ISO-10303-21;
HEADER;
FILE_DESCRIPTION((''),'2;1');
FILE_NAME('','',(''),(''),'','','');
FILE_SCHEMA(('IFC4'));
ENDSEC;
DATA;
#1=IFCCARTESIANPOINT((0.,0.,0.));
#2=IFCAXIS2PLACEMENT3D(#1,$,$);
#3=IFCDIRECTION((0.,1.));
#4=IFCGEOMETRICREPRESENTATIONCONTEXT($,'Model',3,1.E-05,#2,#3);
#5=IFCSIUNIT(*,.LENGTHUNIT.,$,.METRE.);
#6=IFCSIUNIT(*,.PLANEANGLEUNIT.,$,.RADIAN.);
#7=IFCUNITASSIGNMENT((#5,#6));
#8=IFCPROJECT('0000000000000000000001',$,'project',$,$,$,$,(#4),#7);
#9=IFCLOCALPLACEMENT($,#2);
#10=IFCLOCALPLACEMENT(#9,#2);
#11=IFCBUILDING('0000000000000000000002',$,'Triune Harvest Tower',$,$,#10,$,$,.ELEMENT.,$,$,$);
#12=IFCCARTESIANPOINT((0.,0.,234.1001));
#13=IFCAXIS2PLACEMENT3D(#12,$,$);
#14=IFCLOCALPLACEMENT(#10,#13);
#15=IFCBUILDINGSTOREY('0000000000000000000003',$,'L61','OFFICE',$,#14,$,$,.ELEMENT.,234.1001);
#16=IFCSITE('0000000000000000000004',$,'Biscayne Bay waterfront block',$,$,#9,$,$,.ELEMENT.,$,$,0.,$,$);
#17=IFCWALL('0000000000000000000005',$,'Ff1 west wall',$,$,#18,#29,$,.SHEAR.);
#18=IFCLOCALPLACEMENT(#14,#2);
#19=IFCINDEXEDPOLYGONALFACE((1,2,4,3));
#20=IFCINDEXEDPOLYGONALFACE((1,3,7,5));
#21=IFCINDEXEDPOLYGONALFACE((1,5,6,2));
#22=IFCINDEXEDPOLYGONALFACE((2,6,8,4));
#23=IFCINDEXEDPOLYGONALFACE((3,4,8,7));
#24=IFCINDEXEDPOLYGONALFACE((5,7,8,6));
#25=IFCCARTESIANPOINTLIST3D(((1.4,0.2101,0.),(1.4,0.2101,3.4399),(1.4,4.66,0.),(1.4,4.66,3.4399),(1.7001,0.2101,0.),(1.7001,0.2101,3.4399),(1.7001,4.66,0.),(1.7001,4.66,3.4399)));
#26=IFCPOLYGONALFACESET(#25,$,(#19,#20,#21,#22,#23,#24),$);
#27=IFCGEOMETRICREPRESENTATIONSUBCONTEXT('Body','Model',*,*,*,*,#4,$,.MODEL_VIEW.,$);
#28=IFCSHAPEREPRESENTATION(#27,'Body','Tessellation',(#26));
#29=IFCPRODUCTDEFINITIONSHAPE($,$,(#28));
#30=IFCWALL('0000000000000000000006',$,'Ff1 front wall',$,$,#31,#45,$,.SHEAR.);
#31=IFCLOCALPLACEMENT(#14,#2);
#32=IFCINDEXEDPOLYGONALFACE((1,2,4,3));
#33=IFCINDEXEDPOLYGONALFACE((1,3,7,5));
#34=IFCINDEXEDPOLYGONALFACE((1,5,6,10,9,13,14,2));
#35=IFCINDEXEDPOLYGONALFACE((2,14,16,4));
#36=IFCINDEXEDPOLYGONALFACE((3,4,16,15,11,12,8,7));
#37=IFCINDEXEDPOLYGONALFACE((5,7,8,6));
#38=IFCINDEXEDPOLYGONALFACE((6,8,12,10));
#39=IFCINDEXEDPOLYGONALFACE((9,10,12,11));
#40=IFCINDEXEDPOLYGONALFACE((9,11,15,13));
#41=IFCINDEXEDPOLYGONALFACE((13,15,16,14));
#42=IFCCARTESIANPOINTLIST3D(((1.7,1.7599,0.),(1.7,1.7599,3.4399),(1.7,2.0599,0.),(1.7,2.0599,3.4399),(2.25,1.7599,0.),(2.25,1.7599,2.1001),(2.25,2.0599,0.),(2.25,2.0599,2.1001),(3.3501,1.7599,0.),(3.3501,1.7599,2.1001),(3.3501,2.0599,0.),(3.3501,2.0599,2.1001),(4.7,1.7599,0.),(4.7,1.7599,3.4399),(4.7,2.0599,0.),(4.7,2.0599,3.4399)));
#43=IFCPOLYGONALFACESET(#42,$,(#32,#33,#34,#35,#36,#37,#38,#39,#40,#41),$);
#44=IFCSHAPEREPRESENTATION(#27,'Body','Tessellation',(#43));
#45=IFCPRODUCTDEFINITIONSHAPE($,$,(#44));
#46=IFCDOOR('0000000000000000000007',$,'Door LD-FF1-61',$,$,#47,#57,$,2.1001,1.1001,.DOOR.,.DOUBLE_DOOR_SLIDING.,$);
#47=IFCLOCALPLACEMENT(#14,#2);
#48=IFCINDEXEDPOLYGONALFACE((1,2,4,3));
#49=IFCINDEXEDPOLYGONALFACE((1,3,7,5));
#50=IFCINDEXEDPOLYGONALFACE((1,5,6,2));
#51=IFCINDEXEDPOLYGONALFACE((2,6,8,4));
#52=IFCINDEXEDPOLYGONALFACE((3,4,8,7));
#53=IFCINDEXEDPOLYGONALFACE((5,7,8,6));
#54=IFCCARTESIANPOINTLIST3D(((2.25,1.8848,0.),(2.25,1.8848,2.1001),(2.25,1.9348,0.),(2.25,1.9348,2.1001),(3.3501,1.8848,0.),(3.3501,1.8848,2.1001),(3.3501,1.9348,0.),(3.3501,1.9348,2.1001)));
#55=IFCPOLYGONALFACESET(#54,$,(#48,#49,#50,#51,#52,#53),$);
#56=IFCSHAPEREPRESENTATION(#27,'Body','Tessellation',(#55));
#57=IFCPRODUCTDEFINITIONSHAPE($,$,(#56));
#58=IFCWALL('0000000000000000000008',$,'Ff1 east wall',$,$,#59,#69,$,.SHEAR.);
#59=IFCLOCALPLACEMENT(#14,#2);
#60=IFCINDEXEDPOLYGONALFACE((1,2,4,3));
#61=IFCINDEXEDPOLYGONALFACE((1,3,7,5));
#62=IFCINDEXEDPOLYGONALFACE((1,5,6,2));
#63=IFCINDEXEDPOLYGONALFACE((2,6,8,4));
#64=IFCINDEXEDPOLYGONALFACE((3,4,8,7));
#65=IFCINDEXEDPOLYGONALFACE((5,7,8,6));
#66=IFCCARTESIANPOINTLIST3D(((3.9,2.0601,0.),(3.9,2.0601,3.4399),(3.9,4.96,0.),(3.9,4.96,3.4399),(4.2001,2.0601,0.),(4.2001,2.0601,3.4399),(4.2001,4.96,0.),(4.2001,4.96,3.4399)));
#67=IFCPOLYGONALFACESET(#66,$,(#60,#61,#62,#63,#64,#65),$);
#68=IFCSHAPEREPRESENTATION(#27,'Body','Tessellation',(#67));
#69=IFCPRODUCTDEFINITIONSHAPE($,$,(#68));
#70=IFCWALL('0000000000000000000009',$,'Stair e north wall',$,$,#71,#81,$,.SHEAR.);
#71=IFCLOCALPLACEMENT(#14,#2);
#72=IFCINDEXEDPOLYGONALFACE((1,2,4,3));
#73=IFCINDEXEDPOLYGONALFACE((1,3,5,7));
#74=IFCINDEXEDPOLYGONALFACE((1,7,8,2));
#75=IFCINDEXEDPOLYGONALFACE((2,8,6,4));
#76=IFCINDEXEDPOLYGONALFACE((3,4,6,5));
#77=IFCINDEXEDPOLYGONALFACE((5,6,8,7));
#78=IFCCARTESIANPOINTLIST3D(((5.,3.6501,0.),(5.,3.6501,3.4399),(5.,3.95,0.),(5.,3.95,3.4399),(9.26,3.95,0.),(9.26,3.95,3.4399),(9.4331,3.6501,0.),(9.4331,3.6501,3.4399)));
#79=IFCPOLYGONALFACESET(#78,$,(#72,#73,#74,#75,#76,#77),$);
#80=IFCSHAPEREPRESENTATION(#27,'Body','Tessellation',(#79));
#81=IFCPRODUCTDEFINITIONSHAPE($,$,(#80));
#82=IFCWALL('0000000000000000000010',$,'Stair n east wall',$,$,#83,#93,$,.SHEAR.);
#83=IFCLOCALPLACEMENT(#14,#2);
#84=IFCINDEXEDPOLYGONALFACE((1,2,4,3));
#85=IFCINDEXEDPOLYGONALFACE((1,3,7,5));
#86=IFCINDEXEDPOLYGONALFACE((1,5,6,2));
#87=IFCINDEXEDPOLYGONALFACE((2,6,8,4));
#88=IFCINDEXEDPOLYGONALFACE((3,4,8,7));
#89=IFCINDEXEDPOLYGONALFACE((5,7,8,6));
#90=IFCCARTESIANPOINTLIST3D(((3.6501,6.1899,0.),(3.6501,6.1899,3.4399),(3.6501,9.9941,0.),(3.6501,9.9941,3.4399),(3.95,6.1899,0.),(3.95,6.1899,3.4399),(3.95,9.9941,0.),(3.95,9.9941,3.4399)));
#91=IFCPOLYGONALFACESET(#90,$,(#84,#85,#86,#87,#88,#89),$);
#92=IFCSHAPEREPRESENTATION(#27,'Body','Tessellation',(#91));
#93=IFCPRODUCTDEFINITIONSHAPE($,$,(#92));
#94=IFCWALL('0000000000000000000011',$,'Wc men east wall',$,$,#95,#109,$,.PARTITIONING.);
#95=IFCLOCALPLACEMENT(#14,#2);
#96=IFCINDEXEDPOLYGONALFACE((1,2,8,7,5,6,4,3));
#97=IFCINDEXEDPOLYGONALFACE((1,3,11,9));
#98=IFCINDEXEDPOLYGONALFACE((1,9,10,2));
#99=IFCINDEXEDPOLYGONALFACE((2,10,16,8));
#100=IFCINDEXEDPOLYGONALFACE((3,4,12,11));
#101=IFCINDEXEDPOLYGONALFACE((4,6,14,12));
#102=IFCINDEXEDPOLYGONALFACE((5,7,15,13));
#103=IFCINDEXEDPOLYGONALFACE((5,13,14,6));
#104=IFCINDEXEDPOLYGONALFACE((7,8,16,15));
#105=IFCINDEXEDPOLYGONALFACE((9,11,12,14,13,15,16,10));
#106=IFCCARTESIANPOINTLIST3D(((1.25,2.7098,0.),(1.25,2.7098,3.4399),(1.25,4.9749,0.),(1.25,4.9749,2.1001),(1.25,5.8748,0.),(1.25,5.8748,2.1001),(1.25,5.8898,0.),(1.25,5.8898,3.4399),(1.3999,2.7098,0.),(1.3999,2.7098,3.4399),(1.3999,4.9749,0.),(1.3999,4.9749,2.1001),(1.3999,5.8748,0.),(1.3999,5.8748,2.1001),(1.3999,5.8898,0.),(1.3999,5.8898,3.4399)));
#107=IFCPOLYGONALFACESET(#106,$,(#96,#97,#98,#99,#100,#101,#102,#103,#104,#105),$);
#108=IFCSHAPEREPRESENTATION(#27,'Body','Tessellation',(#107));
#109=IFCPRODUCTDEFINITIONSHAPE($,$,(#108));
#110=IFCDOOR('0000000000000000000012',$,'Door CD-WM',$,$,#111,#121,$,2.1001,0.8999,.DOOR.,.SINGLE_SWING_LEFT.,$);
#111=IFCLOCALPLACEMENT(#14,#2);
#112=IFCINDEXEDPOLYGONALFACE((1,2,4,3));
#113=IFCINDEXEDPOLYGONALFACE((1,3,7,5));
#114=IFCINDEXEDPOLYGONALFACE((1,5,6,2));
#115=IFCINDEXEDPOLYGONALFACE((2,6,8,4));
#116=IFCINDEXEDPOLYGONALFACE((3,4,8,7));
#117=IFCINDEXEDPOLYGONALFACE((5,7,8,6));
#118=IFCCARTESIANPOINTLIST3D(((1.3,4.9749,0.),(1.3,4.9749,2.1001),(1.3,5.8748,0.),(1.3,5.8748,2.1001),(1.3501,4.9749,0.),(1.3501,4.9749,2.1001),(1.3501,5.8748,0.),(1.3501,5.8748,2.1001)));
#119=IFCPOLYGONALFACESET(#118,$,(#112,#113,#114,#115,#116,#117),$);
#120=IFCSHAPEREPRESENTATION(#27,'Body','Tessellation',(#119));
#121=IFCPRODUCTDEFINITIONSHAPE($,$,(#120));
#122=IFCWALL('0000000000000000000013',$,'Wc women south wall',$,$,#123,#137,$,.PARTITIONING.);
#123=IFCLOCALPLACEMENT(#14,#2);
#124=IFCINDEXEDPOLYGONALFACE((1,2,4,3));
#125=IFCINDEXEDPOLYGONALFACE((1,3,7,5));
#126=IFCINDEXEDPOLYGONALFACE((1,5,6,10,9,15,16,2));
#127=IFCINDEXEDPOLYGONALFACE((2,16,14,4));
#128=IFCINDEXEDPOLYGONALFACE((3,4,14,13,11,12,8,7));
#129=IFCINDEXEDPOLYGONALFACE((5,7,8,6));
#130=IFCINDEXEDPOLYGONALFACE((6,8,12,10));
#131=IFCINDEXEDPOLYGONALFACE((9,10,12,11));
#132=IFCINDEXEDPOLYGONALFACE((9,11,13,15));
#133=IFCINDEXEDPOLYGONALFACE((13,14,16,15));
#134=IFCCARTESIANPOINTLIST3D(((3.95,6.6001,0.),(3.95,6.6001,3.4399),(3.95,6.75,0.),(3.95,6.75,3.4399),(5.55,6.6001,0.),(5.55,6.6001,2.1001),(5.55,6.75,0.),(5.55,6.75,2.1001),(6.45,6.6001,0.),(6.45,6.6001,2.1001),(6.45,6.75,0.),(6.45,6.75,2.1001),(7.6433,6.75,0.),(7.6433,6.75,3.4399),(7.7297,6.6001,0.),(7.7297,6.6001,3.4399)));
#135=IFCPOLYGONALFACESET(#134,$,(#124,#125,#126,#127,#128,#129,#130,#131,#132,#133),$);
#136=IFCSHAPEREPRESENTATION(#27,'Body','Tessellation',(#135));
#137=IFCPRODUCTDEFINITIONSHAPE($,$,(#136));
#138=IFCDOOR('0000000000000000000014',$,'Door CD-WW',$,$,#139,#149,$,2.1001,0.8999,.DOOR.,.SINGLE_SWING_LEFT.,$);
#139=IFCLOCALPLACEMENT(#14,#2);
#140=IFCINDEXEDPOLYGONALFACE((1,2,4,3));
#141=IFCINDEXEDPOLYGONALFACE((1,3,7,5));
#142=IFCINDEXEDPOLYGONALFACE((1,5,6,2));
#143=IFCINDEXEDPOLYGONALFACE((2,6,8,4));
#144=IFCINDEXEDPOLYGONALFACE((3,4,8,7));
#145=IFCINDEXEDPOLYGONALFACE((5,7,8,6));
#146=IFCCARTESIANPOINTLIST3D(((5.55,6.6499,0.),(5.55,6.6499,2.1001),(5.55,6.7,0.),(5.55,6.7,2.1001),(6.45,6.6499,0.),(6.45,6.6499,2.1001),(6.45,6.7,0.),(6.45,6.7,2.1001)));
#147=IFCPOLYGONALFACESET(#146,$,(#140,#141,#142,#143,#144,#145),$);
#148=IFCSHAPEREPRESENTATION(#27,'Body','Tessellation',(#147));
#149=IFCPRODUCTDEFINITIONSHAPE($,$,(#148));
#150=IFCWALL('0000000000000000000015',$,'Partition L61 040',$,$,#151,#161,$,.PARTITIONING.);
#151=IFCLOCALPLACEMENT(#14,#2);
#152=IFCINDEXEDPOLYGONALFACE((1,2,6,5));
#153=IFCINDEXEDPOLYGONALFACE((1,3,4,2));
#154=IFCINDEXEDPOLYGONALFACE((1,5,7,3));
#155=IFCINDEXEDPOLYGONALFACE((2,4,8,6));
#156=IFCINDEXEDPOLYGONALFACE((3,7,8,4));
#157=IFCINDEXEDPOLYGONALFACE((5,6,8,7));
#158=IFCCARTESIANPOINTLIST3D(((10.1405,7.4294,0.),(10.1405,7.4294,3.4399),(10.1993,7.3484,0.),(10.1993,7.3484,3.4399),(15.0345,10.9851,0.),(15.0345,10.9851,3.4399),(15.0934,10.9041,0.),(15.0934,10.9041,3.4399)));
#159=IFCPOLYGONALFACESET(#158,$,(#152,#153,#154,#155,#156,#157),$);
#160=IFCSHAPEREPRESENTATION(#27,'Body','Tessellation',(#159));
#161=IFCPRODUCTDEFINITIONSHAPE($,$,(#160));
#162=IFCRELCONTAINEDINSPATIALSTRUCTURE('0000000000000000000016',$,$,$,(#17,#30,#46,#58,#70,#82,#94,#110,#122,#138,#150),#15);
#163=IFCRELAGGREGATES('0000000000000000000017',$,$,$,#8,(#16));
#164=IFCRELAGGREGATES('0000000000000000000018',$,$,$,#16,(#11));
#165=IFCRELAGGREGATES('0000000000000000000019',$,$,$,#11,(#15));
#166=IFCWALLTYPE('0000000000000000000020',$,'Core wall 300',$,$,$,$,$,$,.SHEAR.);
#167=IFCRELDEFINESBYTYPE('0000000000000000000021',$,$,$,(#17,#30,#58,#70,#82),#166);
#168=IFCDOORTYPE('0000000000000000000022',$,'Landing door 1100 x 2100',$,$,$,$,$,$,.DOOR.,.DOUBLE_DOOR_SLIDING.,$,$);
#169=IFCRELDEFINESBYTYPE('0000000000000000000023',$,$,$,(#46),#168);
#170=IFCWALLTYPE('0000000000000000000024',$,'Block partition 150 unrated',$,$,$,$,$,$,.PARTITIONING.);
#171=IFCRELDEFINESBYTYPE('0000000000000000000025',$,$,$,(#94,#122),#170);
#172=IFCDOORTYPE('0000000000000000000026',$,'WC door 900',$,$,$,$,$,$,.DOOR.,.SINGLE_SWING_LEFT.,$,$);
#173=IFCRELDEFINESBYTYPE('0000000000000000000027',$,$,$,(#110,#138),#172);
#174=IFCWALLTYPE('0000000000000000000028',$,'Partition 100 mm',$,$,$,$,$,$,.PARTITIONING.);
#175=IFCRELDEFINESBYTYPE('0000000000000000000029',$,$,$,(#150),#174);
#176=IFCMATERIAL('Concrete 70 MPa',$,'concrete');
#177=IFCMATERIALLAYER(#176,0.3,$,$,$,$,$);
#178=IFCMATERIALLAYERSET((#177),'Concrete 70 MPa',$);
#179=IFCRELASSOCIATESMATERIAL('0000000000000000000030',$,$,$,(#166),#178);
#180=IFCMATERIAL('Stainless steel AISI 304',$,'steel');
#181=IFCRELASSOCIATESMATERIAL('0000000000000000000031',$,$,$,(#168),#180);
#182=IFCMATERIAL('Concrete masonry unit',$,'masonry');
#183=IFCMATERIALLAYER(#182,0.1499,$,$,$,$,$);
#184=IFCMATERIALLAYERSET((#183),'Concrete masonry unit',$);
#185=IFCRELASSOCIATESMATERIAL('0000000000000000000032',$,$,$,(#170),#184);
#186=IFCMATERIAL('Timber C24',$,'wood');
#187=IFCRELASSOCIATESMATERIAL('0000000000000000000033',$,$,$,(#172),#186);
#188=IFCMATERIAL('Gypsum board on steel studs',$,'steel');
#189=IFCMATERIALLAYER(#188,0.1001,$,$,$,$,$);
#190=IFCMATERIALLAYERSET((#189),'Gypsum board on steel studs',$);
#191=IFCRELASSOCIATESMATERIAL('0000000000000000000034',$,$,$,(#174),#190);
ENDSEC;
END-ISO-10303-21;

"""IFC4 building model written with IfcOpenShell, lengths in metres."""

from ifc_helpers import new_model, si_unit, direction, frame, frame_2d, origin, place, context, subcontext, project, spatial, polyline, rectangle, outline, extrude, source, transform, mapped, material, layer, layer_set, type_object, element, fill, save


model = new_model("IFC4")

# Units and contexts
model_context = context("Model", 3, precision=1e-05, world=origin(), true_north=direction((0.0, 1.0)))
body_context = subcontext(model_context, "Body", "Model", "MODEL_VIEW")
ifc_project = project(units=[si_unit("LENGTHUNIT", "METRE"), si_unit("PLANEANGLEUNIT", "RADIAN")], contexts=[model_context])

# Site, building, storey
site_placement = place(None, origin())
site = spatial("IfcSite", under=ifc_project, at=site_placement, Name="Biscayne Bay waterfront block", CompositionType="ELEMENT", RefElevation=0.0)
building_placement = place(site_placement, origin())
building = spatial("IfcBuilding", under=site, at=building_placement, Name="Triune Harvest Tower", CompositionType="ELEMENT")
storey_placement = place(building_placement, frame((0.0, 0.0, 234.1001)))
storey = spatial("IfcBuildingStorey", under=building, at=storey_placement, Name="L61", Description="OFFICE", CompositionType="ELEMENT", Elevation=234.1001)

# Wall
ifc_material_1 = material(Name="Concrete 70 MPa", Category="concrete")
ifc_layer_1 = layer(ifc_material_1, 0.3)
ifc_layer_set_1 = layer_set([ifc_layer_1], Name="Concrete 70 MPa")
wall_type_1 = type_object("IfcWallType", Name="Core wall 300", PredefinedType="SHEAR", material=ifc_layer_set_1)
shared_shape_1 = source(origin(), body_context, "Body", "SweptSolid", [
    extrude(rectangle(XDim=4.45, YDim=0.3, at=frame_2d((2.2251, 0.0))), origin(), (0.0, 0.0, 1.0), 3.4399),
])
wall_1_placement = place(storey_placement, frame((1.55, 0.21, 0.0), z_axis=(0.0, 0.0, 1.0), x_axis=(0.0, 1.0, 0.0)))
element("IfcWall", 1, at=wall_1_placement, inside=storey, type_object=wall_type_1, Name="Ff1 west wall", PredefinedType="SHEAR", context=body_context, shape_type="MappedRepresentation", body=[
    mapped(shared_shape_1, transform((0.0, 0.0, 0.0), scale=1.0)),
])

# Wall, opening, door
shared_shape_2 = source(origin(), body_context, "Body", "SweptSolid", [
    extrude(rectangle(XDim=3.0, YDim=0.3, at=frame_2d((1.5, 0.0))), origin(), (0.0, 0.0, 1.0), 3.4399),
])
wall_2_placement = place(storey_placement, frame((1.7, 1.9099, 0.0), z_axis=(0.0, 0.0, 1.0), x_axis=(1.0, 0.0, 0.0)))
wall_2 = element("IfcWall", 2, at=wall_2_placement, inside=storey, type_object=wall_type_1, Name="Ff1 front wall", PredefinedType="SHEAR", context=body_context, shape_type="MappedRepresentation", body=[
    mapped(shared_shape_2, transform((0.0, 0.0, 0.0), scale=1.0)),
])
opening_1_placement = place(wall_2_placement, frame((0.55, 0.0, 0.0)))
opening_1 = element("IfcOpeningElement", 3, at=opening_1_placement, cuts=wall_2, PredefinedType="OPENING", context=body_context, shape_type="SweptSolid", body=[
    extrude(rectangle(XDim=1.1001, YDim=2.1001, at=frame_2d((0.55, 1.05))), frame((0.0, 0.1602, 0.0), z_axis=(0.0, -1.0, 0.0), x_axis=(1.0, 0.0, 0.0)), (0.0, 0.0, 1.0), 0.3201),
])
ifc_material_2 = material(Name="Stainless steel AISI 304", Category="steel")
door_type_1 = type_object("IfcDoorType", Name="Landing door 1100 x 2100", OperationType="DOUBLE_DOOR_SLIDING", PredefinedType="DOOR", material=ifc_material_2)
door_1_placement = place(opening_1_placement, origin())
door_1 = element("IfcDoor", 4, at=door_1_placement, inside=storey, type_object=door_type_1, Name="Door LD-FF1-61", OperationType="DOUBLE_DOOR_SLIDING", OverallHeight=2.1001, OverallWidth=1.1001, PredefinedType="DOOR", context=body_context, shape_type="SweptSolid", body=[
    extrude(rectangle(XDim=1.1001, YDim=2.1001, at=frame_2d((0.55, 1.05))), frame((0.0, 0.0249, 0.0), z_axis=(0.0, -1.0, 0.0), x_axis=(1.0, 0.0, 0.0)), (0.0, 0.0, 1.0), 0.05),
])
fill(opening_1, door_1)

# Walls
shared_shape_3 = source(origin(), body_context, "Body", "SweptSolid", [
    extrude(rectangle(XDim=2.8999, YDim=0.3, at=frame_2d((1.45, 0.0))), origin(), (0.0, 0.0, 1.0), 3.4399),
])
wall_3_placement = place(storey_placement, frame((4.05, 2.0601, 0.0), z_axis=(0.0, 0.0, 1.0), x_axis=(0.0, 1.0, 0.0)))
element("IfcWall", 5, at=wall_3_placement, inside=storey, type_object=wall_type_1, Name="Ff1 east wall", PredefinedType="SHEAR", context=body_context, shape_type="MappedRepresentation", body=[
    mapped(shared_shape_3, transform((0.0, 0.0, 0.0), scale=1.0)),
])
shared_shape_4 = source(origin(), body_context, "Body", "SweptSolid", [
    extrude(outline(polyline([(0.0, -0.1499), (0.0, 0.1499), (4.26, 0.1499), (4.4331, -0.1499), (0.0, -0.1499)])), origin(), (0.0, 0.0, 1.0), 3.4399),
])
wall_4_placement = place(storey_placement, frame((5.0, 3.8, 0.0), z_axis=(0.0, 0.0, 1.0), x_axis=(1.0, 0.0, 0.0)))
element("IfcWall", 6, at=wall_4_placement, inside=storey, type_object=wall_type_1, Name="Stair e north wall", PredefinedType="SHEAR", context=body_context, shape_type="MappedRepresentation", body=[
    mapped(shared_shape_4, transform((0.0, 0.0, 0.0), scale=1.0)),
])
shared_shape_5 = source(origin(), body_context, "Body", "SweptSolid", [
    extrude(outline(polyline([(0.0, -0.1499), (0.0, 0.1499), (3.8042, 0.1499), (3.8042, -0.1499), (0.0, -0.1499)])), origin(), (0.0, 0.0, 1.0), 3.4399),
])
wall_5_placement = place(storey_placement, frame((3.8, 6.1899, 0.0), z_axis=(0.0, 0.0, 1.0), x_axis=(0.0, 1.0, 0.0)))
element("IfcWall", 7, at=wall_5_placement, inside=storey, type_object=wall_type_1, Name="Stair n east wall", PredefinedType="SHEAR", context=body_context, shape_type="MappedRepresentation", body=[
    mapped(shared_shape_5, transform((0.0, 0.0, 0.0), scale=1.0)),
])

# Walls, openings, doors
ifc_material_3 = material(Name="Concrete masonry unit", Category="masonry")
ifc_layer_2 = layer(ifc_material_3, 0.1499)
ifc_layer_set_2 = layer_set([ifc_layer_2], Name="Concrete masonry unit")
wall_type_2 = type_object("IfcWallType", Name="Block partition 150 unrated", PredefinedType="PARTITIONING", material=ifc_layer_set_2)
shared_shape_6 = source(origin(), body_context, "Body", "SweptSolid", [
    extrude(rectangle(XDim=3.1799, YDim=0.1499, at=frame_2d((1.5898, 0.0))), origin(), (0.0, 0.0, 1.0), 3.4399),
])
wall_6_placement = place(storey_placement, frame((1.325, 2.71, 0.0), z_axis=(0.0, 0.0, 1.0), x_axis=(0.0, 1.0, 0.0)))
wall_6 = element("IfcWall", 8, at=wall_6_placement, inside=storey, type_object=wall_type_2, Name="Wc men east wall", PredefinedType="PARTITIONING", context=body_context, shape_type="MappedRepresentation", body=[
    mapped(shared_shape_6, transform((0.0, 0.0, 0.0), scale=1.0)),
])
opening_2_placement = place(wall_6_placement, frame((2.2649, 0.0, 0.0)))
opening_2 = element("IfcOpeningElement", 9, at=opening_2_placement, cuts=wall_6, PredefinedType="OPENING", context=body_context, shape_type="SweptSolid", body=[
    extrude(rectangle(XDim=0.8999, YDim=2.1001, at=frame_2d((0.45, 1.05))), frame((0.0, 0.085, 0.0), z_axis=(0.0, -1.0, 0.0), x_axis=(1.0, 0.0, 0.0)), (0.0, 0.0, 1.0), 0.1699),
])
ifc_material_4 = material(Name="Timber C24", Category="wood")
door_type_2 = type_object("IfcDoorType", Name="WC door 900", OperationType="SINGLE_SWING_LEFT", PredefinedType="DOOR", material=ifc_material_4)
door_2_placement = place(opening_2_placement, origin())
door_2 = element("IfcDoor", 10, at=door_2_placement, inside=storey, type_object=door_type_2, Name="Door CD-WM", OperationType="SINGLE_SWING_LEFT", OverallHeight=2.1001, OverallWidth=0.8999, PredefinedType="DOOR", context=body_context, shape_type="SweptSolid", body=[
    extrude(rectangle(XDim=0.8999, YDim=2.1001, at=frame_2d((0.45, 1.05))), frame((0.0, 0.0249, 0.0), z_axis=(0.0, -1.0, 0.0), x_axis=(1.0, 0.0, 0.0)), (0.0, 0.0, 1.0), 0.05),
])
fill(opening_2, door_2)
shared_shape_7 = source(origin(), body_context, "Body", "SweptSolid", [
    extrude(outline(polyline([(0.0, -0.075), (0.0, 0.075), (3.6934, 0.075), (3.7798, -0.075), (0.0, -0.075)])), origin(), (0.0, 0.0, 1.0), 3.4399),
])
wall_7_placement = place(storey_placement, frame((3.95, 6.675, 0.0), z_axis=(0.0, 0.0, 1.0), x_axis=(1.0, 0.0, 0.0)))
wall_7 = element("IfcWall", 11, at=wall_7_placement, inside=storey, type_object=wall_type_2, Name="Wc women south wall", PredefinedType="PARTITIONING", context=body_context, shape_type="MappedRepresentation", body=[
    mapped(shared_shape_7, transform((0.0, 0.0, 0.0), scale=1.0)),
])
opening_3_placement = place(wall_7_placement, frame((1.6001, 0.0, 0.0)))
opening_3 = element("IfcOpeningElement", 12, at=opening_3_placement, cuts=wall_7, PredefinedType="OPENING", context=body_context, shape_type="SweptSolid", body=[
    extrude(rectangle(XDim=0.8999, YDim=2.1001, at=frame_2d((0.45, 1.05))), frame((0.0, 0.085, 0.0), z_axis=(0.0, -1.0, 0.0), x_axis=(1.0, 0.0, 0.0)), (0.0, 0.0, 1.0), 0.1699),
])
door_3_placement = place(opening_3_placement, origin())
door_3 = element("IfcDoor", 13, at=door_3_placement, inside=storey, type_object=door_type_2, Name="Door CD-WW", OperationType="SINGLE_SWING_LEFT", OverallHeight=2.1001, OverallWidth=0.8999, PredefinedType="DOOR", context=body_context, shape_type="SweptSolid", body=[
    extrude(rectangle(XDim=0.8999, YDim=2.1001, at=frame_2d((0.45, 1.05))), frame((0.0, 0.0249, 0.0), z_axis=(0.0, -1.0, 0.0), x_axis=(1.0, 0.0, 0.0)), (0.0, 0.0, 1.0), 0.05),
])
fill(opening_3, door_3)

# Wall
ifc_material_5 = material(Name="Gypsum board on steel studs", Category="steel")
ifc_layer_3 = layer(ifc_material_5, 0.1001)
ifc_layer_set_3 = layer_set([ifc_layer_3], Name="Gypsum board on steel studs")
wall_type_3 = type_object("IfcWallType", Name="Partition 100 mm", PredefinedType="PARTITIONING", material=ifc_layer_set_3)
shared_shape_8 = source(origin(), body_context, "Body", "SweptSolid", [
    extrude(rectangle(XDim=6.0493, YDim=0.1001, at=frame_2d((3.0247, 0.0))), origin(), (0.0, 0.0, 1.0), 3.4399),
])
wall_8_placement = place(storey_placement, frame((10.1699, 7.3889, 0.0), z_axis=(0.0, 0.0, 1.0), x_axis=(0.809022, 0.587778, 0.0)))
element("IfcWall", 14, at=wall_8_placement, inside=storey, type_object=wall_type_3, Name="Partition L61 040", PredefinedType="PARTITIONING", context=body_context, shape_type="MappedRepresentation", body=[
    mapped(shared_shape_8, transform((0.0, 0.0, 0.0), scale=1.0)),
])

save(model, "model.ifc")
